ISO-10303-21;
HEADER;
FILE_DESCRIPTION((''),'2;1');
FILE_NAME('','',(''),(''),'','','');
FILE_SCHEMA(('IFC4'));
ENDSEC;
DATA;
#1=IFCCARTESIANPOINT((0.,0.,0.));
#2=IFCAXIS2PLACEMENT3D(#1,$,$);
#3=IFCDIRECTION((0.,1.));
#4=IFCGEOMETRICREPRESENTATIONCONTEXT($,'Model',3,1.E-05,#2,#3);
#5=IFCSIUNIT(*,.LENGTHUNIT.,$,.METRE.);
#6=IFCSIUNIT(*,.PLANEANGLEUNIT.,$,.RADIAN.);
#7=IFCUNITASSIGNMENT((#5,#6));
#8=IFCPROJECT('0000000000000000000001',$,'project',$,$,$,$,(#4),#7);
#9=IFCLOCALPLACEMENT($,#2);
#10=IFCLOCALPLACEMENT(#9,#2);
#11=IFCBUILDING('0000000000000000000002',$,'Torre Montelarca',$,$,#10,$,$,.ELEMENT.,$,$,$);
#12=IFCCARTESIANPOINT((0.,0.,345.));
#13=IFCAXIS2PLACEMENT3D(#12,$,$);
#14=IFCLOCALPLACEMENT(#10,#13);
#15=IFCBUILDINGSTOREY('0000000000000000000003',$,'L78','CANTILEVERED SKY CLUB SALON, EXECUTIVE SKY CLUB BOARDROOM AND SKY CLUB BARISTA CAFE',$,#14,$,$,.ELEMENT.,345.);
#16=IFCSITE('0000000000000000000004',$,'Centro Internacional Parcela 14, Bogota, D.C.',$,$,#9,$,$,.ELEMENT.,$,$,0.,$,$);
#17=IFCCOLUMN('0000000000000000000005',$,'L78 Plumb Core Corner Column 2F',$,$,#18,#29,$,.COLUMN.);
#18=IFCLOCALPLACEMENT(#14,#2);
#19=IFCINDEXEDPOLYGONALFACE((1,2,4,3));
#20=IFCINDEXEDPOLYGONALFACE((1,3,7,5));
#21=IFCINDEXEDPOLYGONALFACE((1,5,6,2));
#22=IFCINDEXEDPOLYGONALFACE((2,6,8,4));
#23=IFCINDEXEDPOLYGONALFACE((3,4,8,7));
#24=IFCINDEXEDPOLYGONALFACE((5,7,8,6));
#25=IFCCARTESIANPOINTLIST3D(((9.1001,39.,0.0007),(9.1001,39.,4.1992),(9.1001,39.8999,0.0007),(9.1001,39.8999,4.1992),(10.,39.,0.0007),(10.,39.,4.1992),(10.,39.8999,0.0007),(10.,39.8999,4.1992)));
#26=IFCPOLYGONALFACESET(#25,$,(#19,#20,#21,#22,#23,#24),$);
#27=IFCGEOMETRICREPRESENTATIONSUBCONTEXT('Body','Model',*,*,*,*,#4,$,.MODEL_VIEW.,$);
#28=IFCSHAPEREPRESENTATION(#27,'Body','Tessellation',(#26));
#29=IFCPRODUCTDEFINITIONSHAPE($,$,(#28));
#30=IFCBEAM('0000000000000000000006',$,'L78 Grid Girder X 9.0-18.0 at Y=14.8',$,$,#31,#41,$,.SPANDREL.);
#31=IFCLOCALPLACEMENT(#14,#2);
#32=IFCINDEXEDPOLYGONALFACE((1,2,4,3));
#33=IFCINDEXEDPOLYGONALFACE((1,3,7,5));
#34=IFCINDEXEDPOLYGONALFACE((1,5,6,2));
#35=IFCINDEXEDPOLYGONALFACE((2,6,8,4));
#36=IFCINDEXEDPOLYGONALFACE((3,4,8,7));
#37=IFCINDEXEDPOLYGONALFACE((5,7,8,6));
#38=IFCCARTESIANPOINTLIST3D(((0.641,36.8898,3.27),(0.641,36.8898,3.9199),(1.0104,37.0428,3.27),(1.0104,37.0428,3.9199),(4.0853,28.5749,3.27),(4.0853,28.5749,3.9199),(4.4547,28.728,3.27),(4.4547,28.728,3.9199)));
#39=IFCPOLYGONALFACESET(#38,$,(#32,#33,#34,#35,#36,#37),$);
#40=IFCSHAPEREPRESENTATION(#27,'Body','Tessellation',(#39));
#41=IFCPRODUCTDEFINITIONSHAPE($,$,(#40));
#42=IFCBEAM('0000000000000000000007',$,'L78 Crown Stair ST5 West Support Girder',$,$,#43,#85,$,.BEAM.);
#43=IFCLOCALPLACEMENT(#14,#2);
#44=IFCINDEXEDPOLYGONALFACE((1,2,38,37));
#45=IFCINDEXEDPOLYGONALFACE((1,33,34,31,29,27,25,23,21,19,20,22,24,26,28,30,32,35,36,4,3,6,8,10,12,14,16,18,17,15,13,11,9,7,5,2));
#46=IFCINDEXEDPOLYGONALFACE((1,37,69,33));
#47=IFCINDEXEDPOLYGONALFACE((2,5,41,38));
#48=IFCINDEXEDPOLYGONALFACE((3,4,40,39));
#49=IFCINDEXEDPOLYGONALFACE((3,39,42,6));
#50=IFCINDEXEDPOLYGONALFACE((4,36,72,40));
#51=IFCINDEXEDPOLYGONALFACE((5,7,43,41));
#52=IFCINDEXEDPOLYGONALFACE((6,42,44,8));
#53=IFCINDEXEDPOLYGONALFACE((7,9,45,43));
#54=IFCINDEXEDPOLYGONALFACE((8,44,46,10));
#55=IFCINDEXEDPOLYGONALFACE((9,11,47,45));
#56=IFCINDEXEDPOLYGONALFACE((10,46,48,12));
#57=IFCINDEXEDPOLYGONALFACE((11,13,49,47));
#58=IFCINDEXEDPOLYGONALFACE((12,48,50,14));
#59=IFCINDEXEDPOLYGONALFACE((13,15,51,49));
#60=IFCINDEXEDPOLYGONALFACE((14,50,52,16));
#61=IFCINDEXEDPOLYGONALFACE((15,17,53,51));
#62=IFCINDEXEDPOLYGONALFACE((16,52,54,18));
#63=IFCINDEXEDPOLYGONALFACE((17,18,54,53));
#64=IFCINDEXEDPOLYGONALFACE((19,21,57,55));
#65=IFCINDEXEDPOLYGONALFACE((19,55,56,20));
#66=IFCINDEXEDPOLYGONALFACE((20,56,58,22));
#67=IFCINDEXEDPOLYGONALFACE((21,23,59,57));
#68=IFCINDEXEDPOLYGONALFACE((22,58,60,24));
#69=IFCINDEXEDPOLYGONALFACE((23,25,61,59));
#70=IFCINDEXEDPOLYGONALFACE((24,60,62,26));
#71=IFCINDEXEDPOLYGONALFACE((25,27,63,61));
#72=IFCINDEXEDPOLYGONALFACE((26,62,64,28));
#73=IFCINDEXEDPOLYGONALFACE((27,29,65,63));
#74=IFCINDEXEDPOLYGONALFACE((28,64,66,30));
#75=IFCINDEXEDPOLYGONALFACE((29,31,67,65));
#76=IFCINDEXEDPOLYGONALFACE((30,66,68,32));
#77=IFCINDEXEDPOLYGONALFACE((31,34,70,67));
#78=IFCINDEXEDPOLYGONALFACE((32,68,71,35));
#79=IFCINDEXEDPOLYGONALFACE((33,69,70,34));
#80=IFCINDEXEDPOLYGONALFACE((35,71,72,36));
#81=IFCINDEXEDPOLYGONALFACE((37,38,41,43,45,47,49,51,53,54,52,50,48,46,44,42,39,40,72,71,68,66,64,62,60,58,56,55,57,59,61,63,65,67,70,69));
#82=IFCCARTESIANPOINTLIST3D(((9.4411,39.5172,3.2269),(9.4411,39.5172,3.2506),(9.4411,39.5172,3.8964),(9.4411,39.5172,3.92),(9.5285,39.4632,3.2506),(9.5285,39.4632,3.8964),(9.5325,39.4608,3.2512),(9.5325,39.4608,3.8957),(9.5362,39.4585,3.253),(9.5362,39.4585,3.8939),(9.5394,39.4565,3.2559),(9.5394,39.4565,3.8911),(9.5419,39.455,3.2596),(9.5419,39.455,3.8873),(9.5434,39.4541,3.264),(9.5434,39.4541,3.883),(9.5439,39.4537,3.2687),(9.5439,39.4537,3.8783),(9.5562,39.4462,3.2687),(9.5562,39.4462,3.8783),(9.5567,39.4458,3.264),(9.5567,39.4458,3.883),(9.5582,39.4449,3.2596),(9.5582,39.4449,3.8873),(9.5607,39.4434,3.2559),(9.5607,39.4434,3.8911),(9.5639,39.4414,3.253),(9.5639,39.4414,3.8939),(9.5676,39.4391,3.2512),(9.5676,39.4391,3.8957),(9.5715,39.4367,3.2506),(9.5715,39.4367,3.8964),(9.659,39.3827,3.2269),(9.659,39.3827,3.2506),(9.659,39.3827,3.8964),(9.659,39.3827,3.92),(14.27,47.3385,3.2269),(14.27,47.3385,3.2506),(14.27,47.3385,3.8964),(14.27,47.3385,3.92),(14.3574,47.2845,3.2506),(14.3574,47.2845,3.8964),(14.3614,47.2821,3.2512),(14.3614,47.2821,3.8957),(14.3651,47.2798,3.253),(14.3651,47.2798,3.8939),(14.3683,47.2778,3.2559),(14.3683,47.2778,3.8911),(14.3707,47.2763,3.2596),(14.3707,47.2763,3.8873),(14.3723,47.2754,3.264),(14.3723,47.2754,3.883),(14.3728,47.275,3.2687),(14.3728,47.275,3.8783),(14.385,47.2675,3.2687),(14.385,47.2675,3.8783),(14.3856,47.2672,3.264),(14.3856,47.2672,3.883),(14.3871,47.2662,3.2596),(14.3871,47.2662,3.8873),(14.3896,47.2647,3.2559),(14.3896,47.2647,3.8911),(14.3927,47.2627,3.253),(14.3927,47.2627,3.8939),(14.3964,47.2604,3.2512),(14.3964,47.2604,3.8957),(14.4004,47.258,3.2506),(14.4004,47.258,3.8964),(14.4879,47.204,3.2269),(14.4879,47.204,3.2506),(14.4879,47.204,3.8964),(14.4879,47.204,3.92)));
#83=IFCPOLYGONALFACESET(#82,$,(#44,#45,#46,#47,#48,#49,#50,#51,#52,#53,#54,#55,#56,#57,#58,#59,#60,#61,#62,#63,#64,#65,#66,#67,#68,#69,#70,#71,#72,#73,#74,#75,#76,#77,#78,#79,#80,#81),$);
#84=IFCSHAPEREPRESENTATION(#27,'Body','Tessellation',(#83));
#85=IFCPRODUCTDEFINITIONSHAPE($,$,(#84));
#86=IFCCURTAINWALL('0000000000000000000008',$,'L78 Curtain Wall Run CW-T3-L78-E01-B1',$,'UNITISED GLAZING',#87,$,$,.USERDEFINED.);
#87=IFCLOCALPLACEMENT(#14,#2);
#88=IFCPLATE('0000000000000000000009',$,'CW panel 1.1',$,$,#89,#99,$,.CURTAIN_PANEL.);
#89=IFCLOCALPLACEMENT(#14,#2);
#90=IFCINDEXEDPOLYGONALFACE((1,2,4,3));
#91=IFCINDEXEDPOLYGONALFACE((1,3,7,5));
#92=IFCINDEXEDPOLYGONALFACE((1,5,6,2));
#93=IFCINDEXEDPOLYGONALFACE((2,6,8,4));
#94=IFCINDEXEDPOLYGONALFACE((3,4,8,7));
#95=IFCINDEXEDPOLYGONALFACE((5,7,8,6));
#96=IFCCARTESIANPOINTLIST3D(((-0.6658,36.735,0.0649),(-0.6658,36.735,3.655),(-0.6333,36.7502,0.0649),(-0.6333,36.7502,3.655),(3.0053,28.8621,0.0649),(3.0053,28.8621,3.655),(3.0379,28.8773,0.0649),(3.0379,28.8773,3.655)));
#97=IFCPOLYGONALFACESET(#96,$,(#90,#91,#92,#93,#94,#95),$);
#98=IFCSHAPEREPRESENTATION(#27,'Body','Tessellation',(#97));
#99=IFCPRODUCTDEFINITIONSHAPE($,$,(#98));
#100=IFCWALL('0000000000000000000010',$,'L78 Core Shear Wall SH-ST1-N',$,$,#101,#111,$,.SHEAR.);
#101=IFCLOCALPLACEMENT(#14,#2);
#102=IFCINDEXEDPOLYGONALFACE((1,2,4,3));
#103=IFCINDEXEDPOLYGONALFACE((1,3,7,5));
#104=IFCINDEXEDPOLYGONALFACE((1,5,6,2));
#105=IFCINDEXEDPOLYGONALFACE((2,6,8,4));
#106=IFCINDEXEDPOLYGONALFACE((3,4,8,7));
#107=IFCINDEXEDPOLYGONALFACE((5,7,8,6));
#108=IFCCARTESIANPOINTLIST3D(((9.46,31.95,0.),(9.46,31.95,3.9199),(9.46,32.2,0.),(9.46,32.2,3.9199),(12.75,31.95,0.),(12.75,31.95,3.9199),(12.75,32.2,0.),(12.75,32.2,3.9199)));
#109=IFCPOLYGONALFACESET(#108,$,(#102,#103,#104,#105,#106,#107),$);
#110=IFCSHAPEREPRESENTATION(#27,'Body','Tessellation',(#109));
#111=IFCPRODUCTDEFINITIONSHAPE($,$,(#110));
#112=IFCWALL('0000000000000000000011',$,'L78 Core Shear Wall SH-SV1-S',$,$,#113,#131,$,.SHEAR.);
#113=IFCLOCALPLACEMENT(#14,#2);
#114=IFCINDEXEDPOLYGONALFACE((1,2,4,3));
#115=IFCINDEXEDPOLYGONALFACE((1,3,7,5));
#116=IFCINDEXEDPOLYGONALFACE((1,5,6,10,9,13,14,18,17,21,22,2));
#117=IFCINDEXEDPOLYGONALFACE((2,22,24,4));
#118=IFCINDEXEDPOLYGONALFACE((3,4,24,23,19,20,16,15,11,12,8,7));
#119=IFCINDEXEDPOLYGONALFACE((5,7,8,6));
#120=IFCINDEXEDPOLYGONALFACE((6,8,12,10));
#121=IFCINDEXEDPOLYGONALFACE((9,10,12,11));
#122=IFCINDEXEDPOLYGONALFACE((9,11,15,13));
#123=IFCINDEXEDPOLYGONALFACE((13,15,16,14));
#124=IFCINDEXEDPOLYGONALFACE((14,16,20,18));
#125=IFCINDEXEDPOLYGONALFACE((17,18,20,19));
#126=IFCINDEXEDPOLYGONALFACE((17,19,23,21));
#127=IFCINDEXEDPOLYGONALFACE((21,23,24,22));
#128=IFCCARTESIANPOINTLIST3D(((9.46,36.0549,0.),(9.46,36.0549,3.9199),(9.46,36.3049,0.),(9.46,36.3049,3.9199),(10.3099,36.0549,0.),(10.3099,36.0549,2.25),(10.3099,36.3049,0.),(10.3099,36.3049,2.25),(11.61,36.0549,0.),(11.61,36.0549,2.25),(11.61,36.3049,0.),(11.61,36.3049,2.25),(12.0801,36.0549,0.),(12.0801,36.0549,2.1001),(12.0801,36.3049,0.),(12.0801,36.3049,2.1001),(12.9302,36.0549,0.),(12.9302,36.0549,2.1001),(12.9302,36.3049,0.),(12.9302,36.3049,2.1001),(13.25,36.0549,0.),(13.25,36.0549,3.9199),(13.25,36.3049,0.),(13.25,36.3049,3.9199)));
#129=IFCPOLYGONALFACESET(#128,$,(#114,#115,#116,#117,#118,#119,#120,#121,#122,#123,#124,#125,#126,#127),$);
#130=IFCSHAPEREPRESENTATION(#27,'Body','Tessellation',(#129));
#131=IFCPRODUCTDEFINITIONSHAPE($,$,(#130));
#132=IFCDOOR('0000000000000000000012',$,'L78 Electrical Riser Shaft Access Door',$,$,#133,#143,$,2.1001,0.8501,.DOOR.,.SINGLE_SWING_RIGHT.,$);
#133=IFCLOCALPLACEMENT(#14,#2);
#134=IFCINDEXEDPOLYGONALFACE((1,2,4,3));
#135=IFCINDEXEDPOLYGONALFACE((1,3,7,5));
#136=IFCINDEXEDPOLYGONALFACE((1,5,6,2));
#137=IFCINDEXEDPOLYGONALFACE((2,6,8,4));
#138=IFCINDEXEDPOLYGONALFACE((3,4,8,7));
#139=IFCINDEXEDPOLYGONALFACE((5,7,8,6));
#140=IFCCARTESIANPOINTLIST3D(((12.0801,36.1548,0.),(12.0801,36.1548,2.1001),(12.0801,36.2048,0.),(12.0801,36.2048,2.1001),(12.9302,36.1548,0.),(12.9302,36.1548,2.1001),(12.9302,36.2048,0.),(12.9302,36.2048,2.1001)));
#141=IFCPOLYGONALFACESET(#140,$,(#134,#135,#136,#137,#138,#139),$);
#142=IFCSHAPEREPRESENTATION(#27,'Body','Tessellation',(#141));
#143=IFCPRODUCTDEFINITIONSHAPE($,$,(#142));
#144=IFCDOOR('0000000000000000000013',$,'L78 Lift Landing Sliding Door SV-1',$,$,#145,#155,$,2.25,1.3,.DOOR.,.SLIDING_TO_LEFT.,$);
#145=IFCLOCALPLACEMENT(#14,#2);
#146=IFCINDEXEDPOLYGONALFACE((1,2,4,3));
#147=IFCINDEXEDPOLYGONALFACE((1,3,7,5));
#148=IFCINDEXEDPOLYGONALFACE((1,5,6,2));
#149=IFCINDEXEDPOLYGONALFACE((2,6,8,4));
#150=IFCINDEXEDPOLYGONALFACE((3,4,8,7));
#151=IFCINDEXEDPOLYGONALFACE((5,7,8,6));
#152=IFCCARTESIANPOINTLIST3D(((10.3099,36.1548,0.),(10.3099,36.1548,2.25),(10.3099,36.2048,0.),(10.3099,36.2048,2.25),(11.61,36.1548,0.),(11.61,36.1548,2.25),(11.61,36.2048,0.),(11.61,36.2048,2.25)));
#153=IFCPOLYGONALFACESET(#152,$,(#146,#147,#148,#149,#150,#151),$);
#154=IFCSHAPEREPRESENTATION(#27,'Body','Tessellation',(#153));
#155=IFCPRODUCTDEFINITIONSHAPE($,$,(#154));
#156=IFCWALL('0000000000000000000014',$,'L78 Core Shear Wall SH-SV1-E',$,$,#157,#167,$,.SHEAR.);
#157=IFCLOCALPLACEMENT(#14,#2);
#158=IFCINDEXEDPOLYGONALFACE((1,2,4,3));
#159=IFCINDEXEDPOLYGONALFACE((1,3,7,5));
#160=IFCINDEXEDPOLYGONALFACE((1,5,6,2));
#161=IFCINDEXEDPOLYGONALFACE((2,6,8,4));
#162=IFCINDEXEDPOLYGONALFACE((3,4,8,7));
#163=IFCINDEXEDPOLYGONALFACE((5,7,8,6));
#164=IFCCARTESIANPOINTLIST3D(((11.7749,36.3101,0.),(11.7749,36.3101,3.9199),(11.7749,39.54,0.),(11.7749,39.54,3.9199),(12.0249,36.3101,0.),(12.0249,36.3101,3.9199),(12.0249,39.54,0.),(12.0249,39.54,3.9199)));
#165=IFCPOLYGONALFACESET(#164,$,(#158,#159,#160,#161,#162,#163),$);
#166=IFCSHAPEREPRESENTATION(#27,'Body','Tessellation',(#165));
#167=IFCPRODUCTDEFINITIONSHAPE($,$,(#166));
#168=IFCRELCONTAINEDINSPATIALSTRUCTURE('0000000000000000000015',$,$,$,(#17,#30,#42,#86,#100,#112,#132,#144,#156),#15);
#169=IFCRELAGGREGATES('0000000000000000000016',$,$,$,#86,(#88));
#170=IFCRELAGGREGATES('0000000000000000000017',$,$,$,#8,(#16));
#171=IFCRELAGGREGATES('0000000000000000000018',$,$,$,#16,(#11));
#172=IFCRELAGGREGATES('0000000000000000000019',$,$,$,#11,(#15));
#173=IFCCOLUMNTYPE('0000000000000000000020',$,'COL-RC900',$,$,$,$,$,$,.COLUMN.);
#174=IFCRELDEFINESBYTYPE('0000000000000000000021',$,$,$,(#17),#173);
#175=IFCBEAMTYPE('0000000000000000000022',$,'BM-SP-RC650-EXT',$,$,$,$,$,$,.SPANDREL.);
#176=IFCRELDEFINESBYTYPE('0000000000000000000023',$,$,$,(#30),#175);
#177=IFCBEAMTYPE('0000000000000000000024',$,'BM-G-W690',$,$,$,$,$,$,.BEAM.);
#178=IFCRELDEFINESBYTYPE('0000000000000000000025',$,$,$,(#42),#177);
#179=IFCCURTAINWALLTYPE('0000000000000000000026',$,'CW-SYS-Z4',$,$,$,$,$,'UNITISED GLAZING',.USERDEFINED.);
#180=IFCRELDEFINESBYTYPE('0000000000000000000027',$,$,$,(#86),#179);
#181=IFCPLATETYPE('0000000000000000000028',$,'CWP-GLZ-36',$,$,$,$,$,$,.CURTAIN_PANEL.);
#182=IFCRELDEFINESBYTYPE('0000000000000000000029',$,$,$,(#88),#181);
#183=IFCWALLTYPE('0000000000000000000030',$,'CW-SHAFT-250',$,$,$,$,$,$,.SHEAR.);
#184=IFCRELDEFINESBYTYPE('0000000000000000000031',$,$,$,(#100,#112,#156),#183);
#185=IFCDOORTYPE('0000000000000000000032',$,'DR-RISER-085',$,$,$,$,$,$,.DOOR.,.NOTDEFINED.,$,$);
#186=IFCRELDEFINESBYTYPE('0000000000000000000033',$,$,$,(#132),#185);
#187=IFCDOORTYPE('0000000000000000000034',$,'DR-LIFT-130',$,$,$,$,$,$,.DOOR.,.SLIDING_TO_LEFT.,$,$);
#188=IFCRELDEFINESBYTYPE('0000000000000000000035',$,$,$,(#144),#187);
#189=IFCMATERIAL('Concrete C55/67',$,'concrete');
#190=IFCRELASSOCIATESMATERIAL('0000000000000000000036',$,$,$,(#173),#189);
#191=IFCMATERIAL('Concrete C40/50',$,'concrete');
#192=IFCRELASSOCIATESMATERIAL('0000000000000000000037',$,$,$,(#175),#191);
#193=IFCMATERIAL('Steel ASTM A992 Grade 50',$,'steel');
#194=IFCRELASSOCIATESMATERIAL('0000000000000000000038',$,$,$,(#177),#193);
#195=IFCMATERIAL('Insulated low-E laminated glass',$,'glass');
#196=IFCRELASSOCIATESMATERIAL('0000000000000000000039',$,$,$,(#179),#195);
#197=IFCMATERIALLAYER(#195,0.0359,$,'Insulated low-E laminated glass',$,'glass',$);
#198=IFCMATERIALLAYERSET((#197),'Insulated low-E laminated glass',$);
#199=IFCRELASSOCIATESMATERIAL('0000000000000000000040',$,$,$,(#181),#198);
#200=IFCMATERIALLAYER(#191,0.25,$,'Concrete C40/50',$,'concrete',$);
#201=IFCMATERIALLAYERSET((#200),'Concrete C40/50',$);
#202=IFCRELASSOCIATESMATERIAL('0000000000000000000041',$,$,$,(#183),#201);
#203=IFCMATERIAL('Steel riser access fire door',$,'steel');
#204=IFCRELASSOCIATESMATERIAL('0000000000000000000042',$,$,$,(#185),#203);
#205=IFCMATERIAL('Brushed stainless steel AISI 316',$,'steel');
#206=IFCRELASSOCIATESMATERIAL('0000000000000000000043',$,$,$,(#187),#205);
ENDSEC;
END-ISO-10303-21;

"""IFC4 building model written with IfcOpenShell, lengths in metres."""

from ifc_helpers import new_model, si_unit, direction, frame, frame_2d, origin, origin_2d, place, context, subcontext, project, spatial, rectangle, i_section, extrude, source, transform, mapped, material, layer, layer_set, material_profile, profile_set, type_object, element, fill, aggregate, save


model = new_model("IFC4")

# Units and contexts
model_context = context("Model", 3, precision=1e-05, world=origin(), true_north=direction((0.0, 1.0)))
body_context = subcontext(model_context, "Body", "Model", "MODEL_VIEW")
ifc_project = project(units=[si_unit("LENGTHUNIT", "METRE"), si_unit("PLANEANGLEUNIT", "RADIAN")], contexts=[model_context])

# Site, building, storey
site_placement = place(None, origin())
site = spatial("IfcSite", under=ifc_project, at=site_placement, Name="Centro Internacional Parcela 14, Bogota, D.C.", CompositionType="ELEMENT", RefElevation=0.0)
building_placement = place(site_placement, origin())
building = spatial("IfcBuilding", under=site, at=building_placement, Name="Torre Montelarca", CompositionType="ELEMENT")
storey_placement = place(building_placement, frame((0.0, 0.0, 345.0)))
storey = spatial("IfcBuildingStorey", under=building, at=storey_placement, Name="L78", Description="CANTILEVERED SKY CLUB SALON, EXECUTIVE SKY CLUB BOARDROOM AND SKY CLUB BARISTA CAFE", CompositionType="ELEMENT", Elevation=345.0)

# Column
ifc_material_1 = material(Name="Concrete C40/50", Category="concrete")
ifc_material_2 = material(Name="Concrete C55/67", Category="concrete")
ifc_material_profile_1 = material_profile(ifc_material_2, rectangle(XDim=0.8999, YDim=0.8999, at=origin_2d()), Name="RC900X900", Category="concrete")
ifc_profile_set_1 = profile_set([ifc_material_profile_1], Name="Concrete C55/67")
column_type_1 = type_object("IfcColumnType", Name="COL-RC900", PredefinedType="COLUMN", material=ifc_profile_set_1)
shared_shape_1 = source(origin(), body_context, "Body", "SweptSolid", [
    extrude(rectangle(XDim=0.8999, YDim=0.8999, at=origin_2d()), origin(), (0.0, 0.0, 1.0), 4.1985),
])
column_1_placement = place(storey_placement, frame((9.55, 39.45, 0.0007), z_axis=(0.0, 0.0, 1.0), x_axis=(1.0, 0.0, 0.0)))
element("IfcColumn", 1, at=column_1_placement, inside=storey, type_object=column_type_1, Name="L78 Plumb Core Corner Column 2F", PredefinedType="COLUMN", context=body_context, shape_type="MappedRepresentation", body=[
    mapped(shared_shape_1, transform((0.0, 0.0, 0.0), scale=1.0)),
])

# Beams
ifc_material_profile_2 = material_profile(ifc_material_1, rectangle(XDim=0.3999, YDim=0.6499, at=origin_2d()), Name="RCB400X650", Category="concrete")
ifc_profile_set_2 = profile_set([ifc_material_profile_2], Name="Concrete C40/50")
beam_type_1 = type_object("IfcBeamType", Name="BM-SP-RC650-EXT", PredefinedType="SPANDREL", material=ifc_profile_set_2)
shared_shape_2 = source(origin(), body_context, "Body", "SweptSolid", [
    extrude(rectangle(XDim=0.3999, YDim=0.6499, at=origin_2d()), origin(), (0.0, 0.0, 1.0), 9.0),
])
beam_1_placement = place(storey_placement, frame((0.8257, 36.9663, 3.595), z_axis=(0.3827, -0.923873, 0.0), x_axis=(0.923873, 0.3827, 0.0)))
element("IfcBeam", 2, at=beam_1_placement, inside=storey, type_object=beam_type_1, Name="L78 Grid Girder X 9.0-18.0 at Y=14.8", PredefinedType="SPANDREL", context=body_context, shape_type="MappedRepresentation", body=[
    mapped(shared_shape_2, transform((0.0, 0.0, 0.0), scale=1.0)),
])
ifc_material_3 = material(Name="Steel ASTM A992 Grade 50", Category="steel")
ifc_material_profile_3 = material_profile(ifc_material_3, i_section(OverallWidth=0.2561, OverallDepth=0.6931, WebThickness=0.0144, FlangeThickness=0.0237, FilletRadius=0.0181, at=origin_2d()), Name="W690X170", Category="steel")
ifc_profile_set_3 = profile_set([ifc_material_profile_3], Name="Steel ASTM A992 Grade 50")
beam_type_2 = type_object("IfcBeamType", Name="BM-G-W690", PredefinedType="BEAM", material=ifc_profile_set_3)
shared_shape_3 = source(origin(), body_context, "Body", "SweptSolid", [
    extrude(i_section(OverallWidth=0.2561, OverallDepth=0.6931, WebThickness=0.0144, FlangeThickness=0.0237, FilletRadius=0.0181, at=origin_2d()), origin(), (0.0, 0.0, 1.0), 9.1919),
])
beam_2_placement = place(storey_placement, frame((9.55, 39.45, 3.5735), z_axis=(0.52534, 0.850892, 0.0), x_axis=(-0.850892, 0.52534, 0.0)))
element("IfcBeam", 3, at=beam_2_placement, inside=storey, type_object=beam_type_2, Name="L78 Crown Stair ST5 West Support Girder", PredefinedType="BEAM", context=body_context, shape_type="MappedRepresentation", body=[
    mapped(shared_shape_3, transform((0.0, 0.0, 0.0), scale=1.0)),
])

# Curtain wall, plate
ifc_material_4 = material(Name="Insulated low-E laminated glass", Category="glass")
curtain_wall_type = type_object("IfcCurtainWallType", Name="CW-SYS-Z4", ElementType="UNITISED GLAZING", PredefinedType="USERDEFINED", material=ifc_material_4)
curtain_wall_placement = place(storey_placement, origin())
curtain_wall = element("IfcCurtainWall", 4, at=curtain_wall_placement, inside=storey, type_object=curtain_wall_type, Name="L78 Curtain Wall Run CW-T3-L78-E01-B1", ObjectType="UNITISED GLAZING", PredefinedType="USERDEFINED")
ifc_layer_1 = layer(ifc_material_4, 0.0359, Name="Insulated low-E laminated glass", Category="glass")
ifc_layer_set_1 = layer_set([ifc_layer_1], Name="Insulated low-E laminated glass")
plate_type = type_object("IfcPlateType", Name="CWP-GLZ-36", PredefinedType="CURTAIN_PANEL", material=ifc_layer_set_1)
shared_shape_4 = source(origin(), body_context, "Body", "SweptSolid", [
    extrude(rectangle(XDim=8.6868, YDim=0.0359, at=origin_2d()), origin(), (0.0, 0.0, 1.0), 3.5901),
])
plate_placement = place(storey_placement, frame((1.186, 32.8062, 0.0649), z_axis=(0.0, 0.0, 1.0), x_axis=(0.422613, -0.90631, 0.0)))
plate = element("IfcPlate", 5, at=plate_placement, type_object=plate_type, Name="CW panel 1.1", PredefinedType="CURTAIN_PANEL", context=body_context, shape_type="MappedRepresentation", body=[
    mapped(shared_shape_4, transform((0.0, 0.0, 0.0), scale=1.0)),
])
aggregate(curtain_wall, [plate])

# Wall
ifc_layer_2 = layer(ifc_material_1, 0.25, Name="Concrete C40/50", Category="concrete")
ifc_layer_set_2 = layer_set([ifc_layer_2], Name="Concrete C40/50")
wall_type_1 = type_object("IfcWallType", Name="CW-SHAFT-250", PredefinedType="SHEAR", material=ifc_layer_set_2)
wall_1_placement = place(storey_placement, frame((9.46, 32.075, 0.0), z_axis=(0.0, 0.0, 1.0), x_axis=(1.0, 0.0, 0.0)))
element("IfcWall", 6, at=wall_1_placement, inside=storey, type_object=wall_type_1, Name="L78 Core Shear Wall SH-ST1-N", PredefinedType="SHEAR", context=body_context, shape_type="SweptSolid", body=[
    extrude(rectangle(XDim=3.29, YDim=0.25, at=frame_2d((1.645, 0.0))), origin(), (0.0, 0.0, 1.0), 3.9199),
])

# Wall, openings, doors
wall_2_placement = place(storey_placement, frame((9.46, 36.1799, 0.0), z_axis=(0.0, 0.0, 1.0), x_axis=(1.0, 0.0, 0.0)))
wall_2 = element("IfcWall", 7, at=wall_2_placement, inside=storey, type_object=wall_type_1, Name="L78 Core Shear Wall SH-SV1-S", PredefinedType="SHEAR", context=body_context, shape_type="SweptSolid", body=[
    extrude(rectangle(XDim=3.79, YDim=0.25, at=frame_2d((1.895, 0.0))), origin(), (0.0, 0.0, 1.0), 3.9199),
])
opening_1_placement = place(wall_2_placement, frame((2.6201, 0.0, 0.0)))
opening_1 = element("IfcOpeningElement", 8, at=opening_1_placement, cuts=wall_2, PredefinedType="OPENING", context=body_context, shape_type="SweptSolid", body=[
    extrude(rectangle(XDim=0.8501, YDim=2.1001, at=frame_2d((0.425, 1.05))), frame((0.0, 0.135, 0.0), z_axis=(0.0, -1.0, 0.0), x_axis=(1.0, 0.0, 0.0)), (0.0, 0.0, 1.0), 0.27),
])
opening_2_placement = place(wall_2_placement, frame((0.8501, 0.0, 0.0)))
opening_2 = element("IfcOpeningElement", 9, at=opening_2_placement, cuts=wall_2, PredefinedType="OPENING", context=body_context, shape_type="SweptSolid", body=[
    extrude(rectangle(XDim=1.3, YDim=2.25, at=frame_2d((0.6499, 1.125))), frame((0.0, 0.135, 0.0), z_axis=(0.0, -1.0, 0.0), x_axis=(1.0, 0.0, 0.0)), (0.0, 0.0, 1.0), 0.27),
])
ifc_material_5 = material(Name="Steel riser access fire door", Category="steel")
door_type_1 = type_object("IfcDoorType", Name="DR-RISER-085", OperationType="NOTDEFINED", PredefinedType="DOOR", material=ifc_material_5)
shared_shape_5 = source(origin(), body_context, "Body", "SweptSolid", [
    extrude(rectangle(XDim=0.8501, YDim=2.1001, at=frame_2d((0.425, 1.05))), frame((0.0, 0.0249, 0.0), z_axis=(0.0, -1.0, 0.0), x_axis=(1.0, 0.0, 0.0)), (0.0, 0.0, 1.0), 0.05),
])
door_1_placement = place(opening_1_placement, origin())
door_1 = element("IfcDoor", 10, at=door_1_placement, inside=storey, type_object=door_type_1, Name="L78 Electrical Riser Shaft Access Door", OperationType="SINGLE_SWING_RIGHT", OverallHeight=2.1001, OverallWidth=0.8501, PredefinedType="DOOR", context=body_context, shape_type="MappedRepresentation", body=[
    mapped(shared_shape_5, transform((0.0, 0.0, 0.0), scale=1.0)),
])
fill(opening_1, door_1)
ifc_material_6 = material(Name="Brushed stainless steel AISI 316", Category="steel")
door_type_2 = type_object("IfcDoorType", Name="DR-LIFT-130", OperationType="SLIDING_TO_LEFT", PredefinedType="DOOR", material=ifc_material_6)
shared_shape_6 = source(origin(), body_context, "Body", "SweptSolid", [
    extrude(rectangle(XDim=1.3, YDim=2.25, at=frame_2d((0.6499, 1.125))), frame((0.0, 0.0249, 0.0), z_axis=(0.0, -1.0, 0.0), x_axis=(1.0, 0.0, 0.0)), (0.0, 0.0, 1.0), 0.05),
])
door_2_placement = place(opening_2_placement, origin())
door_2 = element("IfcDoor", 11, at=door_2_placement, inside=storey, type_object=door_type_2, Name="L78 Lift Landing Sliding Door SV-1", OperationType="SLIDING_TO_LEFT", OverallHeight=2.25, OverallWidth=1.3, PredefinedType="DOOR", context=body_context, shape_type="MappedRepresentation", body=[
    mapped(shared_shape_6, transform((0.0, 0.0, 0.0), scale=1.0)),
])
fill(opening_2, door_2)

# Wall
wall_3_placement = place(storey_placement, frame((11.8999, 36.3101, 0.0), z_axis=(0.0, 0.0, 1.0), x_axis=(0.0, 1.0, 0.0)))
element("IfcWall", 12, at=wall_3_placement, inside=storey, type_object=wall_type_1, Name="L78 Core Shear Wall SH-SV1-E", PredefinedType="SHEAR", context=body_context, shape_type="SweptSolid", body=[
    extrude(rectangle(XDim=3.23, YDim=0.25, at=frame_2d((1.615, 0.0))), origin(), (0.0, 0.0, 1.0), 3.9199),
])

save(model, "model.ifc")
